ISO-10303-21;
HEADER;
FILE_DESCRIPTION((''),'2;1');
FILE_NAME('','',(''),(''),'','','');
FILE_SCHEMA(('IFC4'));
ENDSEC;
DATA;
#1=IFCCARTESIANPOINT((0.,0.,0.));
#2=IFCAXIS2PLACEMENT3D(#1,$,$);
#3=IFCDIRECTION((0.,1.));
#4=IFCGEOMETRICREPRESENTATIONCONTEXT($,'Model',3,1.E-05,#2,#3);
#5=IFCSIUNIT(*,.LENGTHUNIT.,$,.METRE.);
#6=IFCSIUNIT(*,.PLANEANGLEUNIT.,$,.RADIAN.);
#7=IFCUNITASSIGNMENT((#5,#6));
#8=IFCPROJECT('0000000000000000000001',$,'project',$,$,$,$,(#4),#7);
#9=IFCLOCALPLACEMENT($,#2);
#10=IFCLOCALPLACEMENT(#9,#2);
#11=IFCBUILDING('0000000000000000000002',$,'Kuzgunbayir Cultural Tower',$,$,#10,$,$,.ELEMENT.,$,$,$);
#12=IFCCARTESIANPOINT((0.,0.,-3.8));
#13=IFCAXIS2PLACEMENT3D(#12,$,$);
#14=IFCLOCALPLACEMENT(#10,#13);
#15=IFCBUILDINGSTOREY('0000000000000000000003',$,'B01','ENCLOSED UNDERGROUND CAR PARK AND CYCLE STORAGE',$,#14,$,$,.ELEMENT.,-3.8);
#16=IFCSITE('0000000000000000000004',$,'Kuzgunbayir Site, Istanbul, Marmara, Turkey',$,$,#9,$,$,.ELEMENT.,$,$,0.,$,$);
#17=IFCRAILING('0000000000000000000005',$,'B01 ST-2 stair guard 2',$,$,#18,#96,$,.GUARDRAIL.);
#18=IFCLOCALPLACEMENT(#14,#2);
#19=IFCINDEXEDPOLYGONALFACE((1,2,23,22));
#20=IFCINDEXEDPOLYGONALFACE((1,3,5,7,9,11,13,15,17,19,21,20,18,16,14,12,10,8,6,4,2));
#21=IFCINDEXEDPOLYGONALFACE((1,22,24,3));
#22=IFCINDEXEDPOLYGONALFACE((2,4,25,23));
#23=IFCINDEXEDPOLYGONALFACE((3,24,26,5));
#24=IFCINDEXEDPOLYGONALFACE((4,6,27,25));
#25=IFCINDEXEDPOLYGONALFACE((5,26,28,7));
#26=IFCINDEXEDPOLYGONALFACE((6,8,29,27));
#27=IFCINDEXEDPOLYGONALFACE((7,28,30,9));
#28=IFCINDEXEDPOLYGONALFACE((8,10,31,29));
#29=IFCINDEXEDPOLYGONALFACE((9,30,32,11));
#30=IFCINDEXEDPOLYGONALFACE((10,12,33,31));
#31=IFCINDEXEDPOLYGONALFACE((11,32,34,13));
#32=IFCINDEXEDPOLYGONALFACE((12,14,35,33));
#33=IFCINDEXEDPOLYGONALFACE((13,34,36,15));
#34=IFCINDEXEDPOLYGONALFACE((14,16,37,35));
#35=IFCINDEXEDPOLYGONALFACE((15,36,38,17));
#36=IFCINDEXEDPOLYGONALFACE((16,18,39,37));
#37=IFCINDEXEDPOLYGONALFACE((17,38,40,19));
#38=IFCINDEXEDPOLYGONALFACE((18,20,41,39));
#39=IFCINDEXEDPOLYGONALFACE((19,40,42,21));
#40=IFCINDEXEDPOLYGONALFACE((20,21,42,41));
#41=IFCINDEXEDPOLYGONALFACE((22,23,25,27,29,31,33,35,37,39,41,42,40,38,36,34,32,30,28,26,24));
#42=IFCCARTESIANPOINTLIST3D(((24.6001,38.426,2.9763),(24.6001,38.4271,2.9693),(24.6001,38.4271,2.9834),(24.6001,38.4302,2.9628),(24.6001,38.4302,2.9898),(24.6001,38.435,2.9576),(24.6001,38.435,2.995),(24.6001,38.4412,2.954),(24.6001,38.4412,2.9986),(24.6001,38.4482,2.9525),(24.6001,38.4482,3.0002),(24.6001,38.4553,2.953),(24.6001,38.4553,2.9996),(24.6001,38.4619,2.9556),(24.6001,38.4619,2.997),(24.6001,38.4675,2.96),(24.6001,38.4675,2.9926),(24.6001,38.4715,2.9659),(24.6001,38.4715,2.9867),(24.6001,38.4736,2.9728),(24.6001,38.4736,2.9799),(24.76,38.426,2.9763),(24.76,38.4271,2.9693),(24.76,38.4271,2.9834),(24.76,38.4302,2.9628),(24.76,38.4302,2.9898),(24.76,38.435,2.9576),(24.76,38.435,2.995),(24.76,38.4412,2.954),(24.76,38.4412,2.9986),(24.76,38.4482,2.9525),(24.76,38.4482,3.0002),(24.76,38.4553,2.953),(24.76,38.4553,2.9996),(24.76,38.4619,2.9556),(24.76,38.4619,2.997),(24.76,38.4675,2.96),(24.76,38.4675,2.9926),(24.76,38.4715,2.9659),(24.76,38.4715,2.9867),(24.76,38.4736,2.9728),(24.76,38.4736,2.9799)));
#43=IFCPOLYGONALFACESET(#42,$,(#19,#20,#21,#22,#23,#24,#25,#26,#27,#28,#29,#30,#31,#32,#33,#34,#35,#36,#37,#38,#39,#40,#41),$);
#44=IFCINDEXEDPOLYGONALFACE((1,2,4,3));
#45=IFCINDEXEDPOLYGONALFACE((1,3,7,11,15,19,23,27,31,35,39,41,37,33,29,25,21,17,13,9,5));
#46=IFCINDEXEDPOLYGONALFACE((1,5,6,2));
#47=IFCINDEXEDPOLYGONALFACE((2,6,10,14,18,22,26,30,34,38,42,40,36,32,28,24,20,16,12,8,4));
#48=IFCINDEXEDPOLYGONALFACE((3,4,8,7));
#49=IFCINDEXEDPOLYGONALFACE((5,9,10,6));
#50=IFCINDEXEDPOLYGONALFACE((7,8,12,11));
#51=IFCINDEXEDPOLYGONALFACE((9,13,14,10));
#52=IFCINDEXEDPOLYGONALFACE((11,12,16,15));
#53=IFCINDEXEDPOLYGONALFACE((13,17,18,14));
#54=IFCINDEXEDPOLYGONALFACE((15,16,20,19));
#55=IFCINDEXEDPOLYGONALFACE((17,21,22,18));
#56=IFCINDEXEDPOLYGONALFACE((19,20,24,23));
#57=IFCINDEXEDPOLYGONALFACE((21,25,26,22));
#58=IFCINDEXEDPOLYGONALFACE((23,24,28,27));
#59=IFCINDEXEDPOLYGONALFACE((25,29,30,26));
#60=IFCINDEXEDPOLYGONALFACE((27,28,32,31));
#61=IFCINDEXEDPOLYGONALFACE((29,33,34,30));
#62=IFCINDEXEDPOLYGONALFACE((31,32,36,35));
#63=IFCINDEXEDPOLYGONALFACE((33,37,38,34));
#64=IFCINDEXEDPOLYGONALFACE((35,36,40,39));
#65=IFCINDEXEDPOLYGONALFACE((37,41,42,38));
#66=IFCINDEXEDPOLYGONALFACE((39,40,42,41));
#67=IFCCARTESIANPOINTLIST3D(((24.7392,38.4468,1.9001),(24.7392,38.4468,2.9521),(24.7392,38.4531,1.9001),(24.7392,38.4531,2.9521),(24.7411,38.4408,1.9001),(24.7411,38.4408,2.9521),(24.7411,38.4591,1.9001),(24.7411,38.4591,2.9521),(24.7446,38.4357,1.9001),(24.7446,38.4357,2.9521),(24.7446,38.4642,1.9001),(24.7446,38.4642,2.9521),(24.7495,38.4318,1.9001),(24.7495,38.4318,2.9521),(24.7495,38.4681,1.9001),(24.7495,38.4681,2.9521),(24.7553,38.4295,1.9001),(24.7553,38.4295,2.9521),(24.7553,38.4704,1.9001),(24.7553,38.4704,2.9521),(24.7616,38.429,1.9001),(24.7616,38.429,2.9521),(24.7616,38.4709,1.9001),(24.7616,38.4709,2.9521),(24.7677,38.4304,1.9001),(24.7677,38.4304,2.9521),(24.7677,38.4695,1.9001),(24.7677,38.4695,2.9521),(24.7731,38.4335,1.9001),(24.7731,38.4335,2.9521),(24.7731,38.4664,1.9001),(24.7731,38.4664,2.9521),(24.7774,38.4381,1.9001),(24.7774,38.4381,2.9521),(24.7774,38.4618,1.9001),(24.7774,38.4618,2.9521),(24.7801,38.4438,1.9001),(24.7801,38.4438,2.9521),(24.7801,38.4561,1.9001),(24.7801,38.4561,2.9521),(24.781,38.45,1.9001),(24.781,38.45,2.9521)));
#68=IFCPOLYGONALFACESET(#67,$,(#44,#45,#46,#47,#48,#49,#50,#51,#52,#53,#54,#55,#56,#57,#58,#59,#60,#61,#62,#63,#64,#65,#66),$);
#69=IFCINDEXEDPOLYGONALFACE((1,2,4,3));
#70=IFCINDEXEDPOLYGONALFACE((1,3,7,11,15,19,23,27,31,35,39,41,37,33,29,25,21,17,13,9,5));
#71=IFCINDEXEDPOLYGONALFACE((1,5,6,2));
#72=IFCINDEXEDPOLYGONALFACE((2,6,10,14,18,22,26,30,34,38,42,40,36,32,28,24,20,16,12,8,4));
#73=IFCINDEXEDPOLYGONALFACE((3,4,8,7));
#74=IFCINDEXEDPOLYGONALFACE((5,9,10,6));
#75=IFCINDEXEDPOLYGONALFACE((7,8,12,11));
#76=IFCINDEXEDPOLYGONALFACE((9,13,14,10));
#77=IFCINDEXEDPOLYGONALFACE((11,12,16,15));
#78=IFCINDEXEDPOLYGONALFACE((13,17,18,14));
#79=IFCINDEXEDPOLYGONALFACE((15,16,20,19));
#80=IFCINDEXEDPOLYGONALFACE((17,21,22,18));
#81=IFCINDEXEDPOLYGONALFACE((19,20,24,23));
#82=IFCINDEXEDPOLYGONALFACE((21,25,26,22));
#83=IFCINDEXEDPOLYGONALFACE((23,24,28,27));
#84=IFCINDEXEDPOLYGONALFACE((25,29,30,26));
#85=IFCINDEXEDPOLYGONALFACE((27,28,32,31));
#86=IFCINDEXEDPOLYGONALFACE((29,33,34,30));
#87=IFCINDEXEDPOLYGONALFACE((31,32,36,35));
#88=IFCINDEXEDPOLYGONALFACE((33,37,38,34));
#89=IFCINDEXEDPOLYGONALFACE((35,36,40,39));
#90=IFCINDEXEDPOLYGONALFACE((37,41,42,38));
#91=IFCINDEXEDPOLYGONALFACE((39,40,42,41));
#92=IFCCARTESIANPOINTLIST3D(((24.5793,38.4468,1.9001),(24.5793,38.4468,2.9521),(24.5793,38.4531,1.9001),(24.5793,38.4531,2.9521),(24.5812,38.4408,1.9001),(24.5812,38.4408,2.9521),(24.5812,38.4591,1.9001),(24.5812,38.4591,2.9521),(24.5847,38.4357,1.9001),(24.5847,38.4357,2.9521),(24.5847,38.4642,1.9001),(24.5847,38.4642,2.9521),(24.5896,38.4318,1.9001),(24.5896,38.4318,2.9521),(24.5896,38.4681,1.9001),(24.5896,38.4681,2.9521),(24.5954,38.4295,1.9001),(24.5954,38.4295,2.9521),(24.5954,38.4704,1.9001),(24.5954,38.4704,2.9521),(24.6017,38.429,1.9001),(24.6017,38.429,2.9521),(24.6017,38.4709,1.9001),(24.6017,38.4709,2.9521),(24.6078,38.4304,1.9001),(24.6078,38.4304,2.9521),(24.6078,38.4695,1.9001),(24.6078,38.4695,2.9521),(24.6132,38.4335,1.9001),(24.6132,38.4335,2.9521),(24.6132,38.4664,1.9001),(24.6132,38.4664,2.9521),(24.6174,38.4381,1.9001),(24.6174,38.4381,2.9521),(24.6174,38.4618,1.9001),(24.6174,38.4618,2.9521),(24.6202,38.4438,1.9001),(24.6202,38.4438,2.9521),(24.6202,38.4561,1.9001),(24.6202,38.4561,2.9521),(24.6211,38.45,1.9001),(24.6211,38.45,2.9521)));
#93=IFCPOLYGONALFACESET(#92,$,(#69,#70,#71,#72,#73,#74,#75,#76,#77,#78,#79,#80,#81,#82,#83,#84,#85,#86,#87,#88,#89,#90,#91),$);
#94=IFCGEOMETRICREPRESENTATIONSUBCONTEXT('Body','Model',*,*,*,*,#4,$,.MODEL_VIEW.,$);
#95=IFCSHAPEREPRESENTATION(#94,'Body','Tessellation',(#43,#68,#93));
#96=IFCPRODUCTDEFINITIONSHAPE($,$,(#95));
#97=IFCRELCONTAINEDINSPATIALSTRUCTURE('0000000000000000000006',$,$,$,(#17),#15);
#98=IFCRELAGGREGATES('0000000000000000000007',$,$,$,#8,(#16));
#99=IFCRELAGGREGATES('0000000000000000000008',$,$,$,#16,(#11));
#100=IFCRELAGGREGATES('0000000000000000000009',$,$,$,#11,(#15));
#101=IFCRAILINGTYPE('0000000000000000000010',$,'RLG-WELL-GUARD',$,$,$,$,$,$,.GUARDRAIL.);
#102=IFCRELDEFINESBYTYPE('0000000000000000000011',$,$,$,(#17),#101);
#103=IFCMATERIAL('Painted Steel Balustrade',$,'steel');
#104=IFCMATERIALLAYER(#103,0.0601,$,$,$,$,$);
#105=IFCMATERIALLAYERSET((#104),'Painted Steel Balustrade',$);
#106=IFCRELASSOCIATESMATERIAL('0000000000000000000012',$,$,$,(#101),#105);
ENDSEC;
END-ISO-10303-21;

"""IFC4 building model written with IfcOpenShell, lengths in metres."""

from ifc_helpers import new_model, si_unit, direction, frame, origin, origin_2d, place, context, subcontext, project, spatial, circle, extrude, material, layer, layer_set, type_object, element, save


model = new_model("IFC4")

# Units and contexts
model_context = context("Model", 3, precision=1e-05, world=origin(), true_north=direction((0.0, 1.0)))
body_context = subcontext(model_context, "Body", "Model", "MODEL_VIEW")
ifc_project = project(units=[si_unit("LENGTHUNIT", "METRE"), si_unit("PLANEANGLEUNIT", "RADIAN")], contexts=[model_context])

# Site, building, storey
site_placement = place(None, origin())
site = spatial("IfcSite", under=ifc_project, at=site_placement, Name="Kuzgunbayir Site, Istanbul, Marmara, Turkey", CompositionType="ELEMENT", RefElevation=0.0)
building_placement = place(site_placement, origin())
building = spatial("IfcBuilding", under=site, at=building_placement, Name="Kuzgunbayir Cultural Tower", CompositionType="ELEMENT")
storey_placement = place(building_placement, frame((0.0, 0.0, -3.8)))
storey = spatial("IfcBuildingStorey", under=building, at=storey_placement, Name="B01", Description="ENCLOSED UNDERGROUND CAR PARK AND CYCLE STORAGE", CompositionType="ELEMENT", Elevation=-3.8)

# Railing
ifc_material_1 = material(Name="Painted Steel Balustrade", Category="steel")
ifc_layer_1 = layer(ifc_material_1, 0.0601)
ifc_layer_set_1 = layer_set([ifc_layer_1], Name="Painted Steel Balustrade")
railing_type_1 = type_object("IfcRailingType", Name="RLG-WELL-GUARD", PredefinedType="GUARDRAIL", material=ifc_layer_set_1)
railing_1_placement = place(storey_placement, frame((24.76, 38.45, 1.9001)))
element("IfcRailing", 1, at=railing_1_placement, inside=storey, type_object=railing_type_1, Name="B01 ST-2 stair guard 2", PredefinedType="GUARDRAIL", context=body_context, shape_type="SweptSolid", body=[
    extrude(circle(Radius=0.0239, at=origin_2d()), frame((0.0, 0.0, 1.0762), z_axis=(-1.0, 0.0, 0.0), x_axis=(0.0, -1.0, 0.0)), (0.0, 0.0, 1.0), 0.1599),
    extrude(circle(Radius=0.021, at=origin_2d()), origin(), (0.0, 0.0, 1.0), 1.052),
    extrude(circle(Radius=0.021, at=origin_2d()), frame((-0.1599, 0.0, 0.0)), (0.0, 0.0, 1.0), 1.052),
])

save(model, "model.ifc")
